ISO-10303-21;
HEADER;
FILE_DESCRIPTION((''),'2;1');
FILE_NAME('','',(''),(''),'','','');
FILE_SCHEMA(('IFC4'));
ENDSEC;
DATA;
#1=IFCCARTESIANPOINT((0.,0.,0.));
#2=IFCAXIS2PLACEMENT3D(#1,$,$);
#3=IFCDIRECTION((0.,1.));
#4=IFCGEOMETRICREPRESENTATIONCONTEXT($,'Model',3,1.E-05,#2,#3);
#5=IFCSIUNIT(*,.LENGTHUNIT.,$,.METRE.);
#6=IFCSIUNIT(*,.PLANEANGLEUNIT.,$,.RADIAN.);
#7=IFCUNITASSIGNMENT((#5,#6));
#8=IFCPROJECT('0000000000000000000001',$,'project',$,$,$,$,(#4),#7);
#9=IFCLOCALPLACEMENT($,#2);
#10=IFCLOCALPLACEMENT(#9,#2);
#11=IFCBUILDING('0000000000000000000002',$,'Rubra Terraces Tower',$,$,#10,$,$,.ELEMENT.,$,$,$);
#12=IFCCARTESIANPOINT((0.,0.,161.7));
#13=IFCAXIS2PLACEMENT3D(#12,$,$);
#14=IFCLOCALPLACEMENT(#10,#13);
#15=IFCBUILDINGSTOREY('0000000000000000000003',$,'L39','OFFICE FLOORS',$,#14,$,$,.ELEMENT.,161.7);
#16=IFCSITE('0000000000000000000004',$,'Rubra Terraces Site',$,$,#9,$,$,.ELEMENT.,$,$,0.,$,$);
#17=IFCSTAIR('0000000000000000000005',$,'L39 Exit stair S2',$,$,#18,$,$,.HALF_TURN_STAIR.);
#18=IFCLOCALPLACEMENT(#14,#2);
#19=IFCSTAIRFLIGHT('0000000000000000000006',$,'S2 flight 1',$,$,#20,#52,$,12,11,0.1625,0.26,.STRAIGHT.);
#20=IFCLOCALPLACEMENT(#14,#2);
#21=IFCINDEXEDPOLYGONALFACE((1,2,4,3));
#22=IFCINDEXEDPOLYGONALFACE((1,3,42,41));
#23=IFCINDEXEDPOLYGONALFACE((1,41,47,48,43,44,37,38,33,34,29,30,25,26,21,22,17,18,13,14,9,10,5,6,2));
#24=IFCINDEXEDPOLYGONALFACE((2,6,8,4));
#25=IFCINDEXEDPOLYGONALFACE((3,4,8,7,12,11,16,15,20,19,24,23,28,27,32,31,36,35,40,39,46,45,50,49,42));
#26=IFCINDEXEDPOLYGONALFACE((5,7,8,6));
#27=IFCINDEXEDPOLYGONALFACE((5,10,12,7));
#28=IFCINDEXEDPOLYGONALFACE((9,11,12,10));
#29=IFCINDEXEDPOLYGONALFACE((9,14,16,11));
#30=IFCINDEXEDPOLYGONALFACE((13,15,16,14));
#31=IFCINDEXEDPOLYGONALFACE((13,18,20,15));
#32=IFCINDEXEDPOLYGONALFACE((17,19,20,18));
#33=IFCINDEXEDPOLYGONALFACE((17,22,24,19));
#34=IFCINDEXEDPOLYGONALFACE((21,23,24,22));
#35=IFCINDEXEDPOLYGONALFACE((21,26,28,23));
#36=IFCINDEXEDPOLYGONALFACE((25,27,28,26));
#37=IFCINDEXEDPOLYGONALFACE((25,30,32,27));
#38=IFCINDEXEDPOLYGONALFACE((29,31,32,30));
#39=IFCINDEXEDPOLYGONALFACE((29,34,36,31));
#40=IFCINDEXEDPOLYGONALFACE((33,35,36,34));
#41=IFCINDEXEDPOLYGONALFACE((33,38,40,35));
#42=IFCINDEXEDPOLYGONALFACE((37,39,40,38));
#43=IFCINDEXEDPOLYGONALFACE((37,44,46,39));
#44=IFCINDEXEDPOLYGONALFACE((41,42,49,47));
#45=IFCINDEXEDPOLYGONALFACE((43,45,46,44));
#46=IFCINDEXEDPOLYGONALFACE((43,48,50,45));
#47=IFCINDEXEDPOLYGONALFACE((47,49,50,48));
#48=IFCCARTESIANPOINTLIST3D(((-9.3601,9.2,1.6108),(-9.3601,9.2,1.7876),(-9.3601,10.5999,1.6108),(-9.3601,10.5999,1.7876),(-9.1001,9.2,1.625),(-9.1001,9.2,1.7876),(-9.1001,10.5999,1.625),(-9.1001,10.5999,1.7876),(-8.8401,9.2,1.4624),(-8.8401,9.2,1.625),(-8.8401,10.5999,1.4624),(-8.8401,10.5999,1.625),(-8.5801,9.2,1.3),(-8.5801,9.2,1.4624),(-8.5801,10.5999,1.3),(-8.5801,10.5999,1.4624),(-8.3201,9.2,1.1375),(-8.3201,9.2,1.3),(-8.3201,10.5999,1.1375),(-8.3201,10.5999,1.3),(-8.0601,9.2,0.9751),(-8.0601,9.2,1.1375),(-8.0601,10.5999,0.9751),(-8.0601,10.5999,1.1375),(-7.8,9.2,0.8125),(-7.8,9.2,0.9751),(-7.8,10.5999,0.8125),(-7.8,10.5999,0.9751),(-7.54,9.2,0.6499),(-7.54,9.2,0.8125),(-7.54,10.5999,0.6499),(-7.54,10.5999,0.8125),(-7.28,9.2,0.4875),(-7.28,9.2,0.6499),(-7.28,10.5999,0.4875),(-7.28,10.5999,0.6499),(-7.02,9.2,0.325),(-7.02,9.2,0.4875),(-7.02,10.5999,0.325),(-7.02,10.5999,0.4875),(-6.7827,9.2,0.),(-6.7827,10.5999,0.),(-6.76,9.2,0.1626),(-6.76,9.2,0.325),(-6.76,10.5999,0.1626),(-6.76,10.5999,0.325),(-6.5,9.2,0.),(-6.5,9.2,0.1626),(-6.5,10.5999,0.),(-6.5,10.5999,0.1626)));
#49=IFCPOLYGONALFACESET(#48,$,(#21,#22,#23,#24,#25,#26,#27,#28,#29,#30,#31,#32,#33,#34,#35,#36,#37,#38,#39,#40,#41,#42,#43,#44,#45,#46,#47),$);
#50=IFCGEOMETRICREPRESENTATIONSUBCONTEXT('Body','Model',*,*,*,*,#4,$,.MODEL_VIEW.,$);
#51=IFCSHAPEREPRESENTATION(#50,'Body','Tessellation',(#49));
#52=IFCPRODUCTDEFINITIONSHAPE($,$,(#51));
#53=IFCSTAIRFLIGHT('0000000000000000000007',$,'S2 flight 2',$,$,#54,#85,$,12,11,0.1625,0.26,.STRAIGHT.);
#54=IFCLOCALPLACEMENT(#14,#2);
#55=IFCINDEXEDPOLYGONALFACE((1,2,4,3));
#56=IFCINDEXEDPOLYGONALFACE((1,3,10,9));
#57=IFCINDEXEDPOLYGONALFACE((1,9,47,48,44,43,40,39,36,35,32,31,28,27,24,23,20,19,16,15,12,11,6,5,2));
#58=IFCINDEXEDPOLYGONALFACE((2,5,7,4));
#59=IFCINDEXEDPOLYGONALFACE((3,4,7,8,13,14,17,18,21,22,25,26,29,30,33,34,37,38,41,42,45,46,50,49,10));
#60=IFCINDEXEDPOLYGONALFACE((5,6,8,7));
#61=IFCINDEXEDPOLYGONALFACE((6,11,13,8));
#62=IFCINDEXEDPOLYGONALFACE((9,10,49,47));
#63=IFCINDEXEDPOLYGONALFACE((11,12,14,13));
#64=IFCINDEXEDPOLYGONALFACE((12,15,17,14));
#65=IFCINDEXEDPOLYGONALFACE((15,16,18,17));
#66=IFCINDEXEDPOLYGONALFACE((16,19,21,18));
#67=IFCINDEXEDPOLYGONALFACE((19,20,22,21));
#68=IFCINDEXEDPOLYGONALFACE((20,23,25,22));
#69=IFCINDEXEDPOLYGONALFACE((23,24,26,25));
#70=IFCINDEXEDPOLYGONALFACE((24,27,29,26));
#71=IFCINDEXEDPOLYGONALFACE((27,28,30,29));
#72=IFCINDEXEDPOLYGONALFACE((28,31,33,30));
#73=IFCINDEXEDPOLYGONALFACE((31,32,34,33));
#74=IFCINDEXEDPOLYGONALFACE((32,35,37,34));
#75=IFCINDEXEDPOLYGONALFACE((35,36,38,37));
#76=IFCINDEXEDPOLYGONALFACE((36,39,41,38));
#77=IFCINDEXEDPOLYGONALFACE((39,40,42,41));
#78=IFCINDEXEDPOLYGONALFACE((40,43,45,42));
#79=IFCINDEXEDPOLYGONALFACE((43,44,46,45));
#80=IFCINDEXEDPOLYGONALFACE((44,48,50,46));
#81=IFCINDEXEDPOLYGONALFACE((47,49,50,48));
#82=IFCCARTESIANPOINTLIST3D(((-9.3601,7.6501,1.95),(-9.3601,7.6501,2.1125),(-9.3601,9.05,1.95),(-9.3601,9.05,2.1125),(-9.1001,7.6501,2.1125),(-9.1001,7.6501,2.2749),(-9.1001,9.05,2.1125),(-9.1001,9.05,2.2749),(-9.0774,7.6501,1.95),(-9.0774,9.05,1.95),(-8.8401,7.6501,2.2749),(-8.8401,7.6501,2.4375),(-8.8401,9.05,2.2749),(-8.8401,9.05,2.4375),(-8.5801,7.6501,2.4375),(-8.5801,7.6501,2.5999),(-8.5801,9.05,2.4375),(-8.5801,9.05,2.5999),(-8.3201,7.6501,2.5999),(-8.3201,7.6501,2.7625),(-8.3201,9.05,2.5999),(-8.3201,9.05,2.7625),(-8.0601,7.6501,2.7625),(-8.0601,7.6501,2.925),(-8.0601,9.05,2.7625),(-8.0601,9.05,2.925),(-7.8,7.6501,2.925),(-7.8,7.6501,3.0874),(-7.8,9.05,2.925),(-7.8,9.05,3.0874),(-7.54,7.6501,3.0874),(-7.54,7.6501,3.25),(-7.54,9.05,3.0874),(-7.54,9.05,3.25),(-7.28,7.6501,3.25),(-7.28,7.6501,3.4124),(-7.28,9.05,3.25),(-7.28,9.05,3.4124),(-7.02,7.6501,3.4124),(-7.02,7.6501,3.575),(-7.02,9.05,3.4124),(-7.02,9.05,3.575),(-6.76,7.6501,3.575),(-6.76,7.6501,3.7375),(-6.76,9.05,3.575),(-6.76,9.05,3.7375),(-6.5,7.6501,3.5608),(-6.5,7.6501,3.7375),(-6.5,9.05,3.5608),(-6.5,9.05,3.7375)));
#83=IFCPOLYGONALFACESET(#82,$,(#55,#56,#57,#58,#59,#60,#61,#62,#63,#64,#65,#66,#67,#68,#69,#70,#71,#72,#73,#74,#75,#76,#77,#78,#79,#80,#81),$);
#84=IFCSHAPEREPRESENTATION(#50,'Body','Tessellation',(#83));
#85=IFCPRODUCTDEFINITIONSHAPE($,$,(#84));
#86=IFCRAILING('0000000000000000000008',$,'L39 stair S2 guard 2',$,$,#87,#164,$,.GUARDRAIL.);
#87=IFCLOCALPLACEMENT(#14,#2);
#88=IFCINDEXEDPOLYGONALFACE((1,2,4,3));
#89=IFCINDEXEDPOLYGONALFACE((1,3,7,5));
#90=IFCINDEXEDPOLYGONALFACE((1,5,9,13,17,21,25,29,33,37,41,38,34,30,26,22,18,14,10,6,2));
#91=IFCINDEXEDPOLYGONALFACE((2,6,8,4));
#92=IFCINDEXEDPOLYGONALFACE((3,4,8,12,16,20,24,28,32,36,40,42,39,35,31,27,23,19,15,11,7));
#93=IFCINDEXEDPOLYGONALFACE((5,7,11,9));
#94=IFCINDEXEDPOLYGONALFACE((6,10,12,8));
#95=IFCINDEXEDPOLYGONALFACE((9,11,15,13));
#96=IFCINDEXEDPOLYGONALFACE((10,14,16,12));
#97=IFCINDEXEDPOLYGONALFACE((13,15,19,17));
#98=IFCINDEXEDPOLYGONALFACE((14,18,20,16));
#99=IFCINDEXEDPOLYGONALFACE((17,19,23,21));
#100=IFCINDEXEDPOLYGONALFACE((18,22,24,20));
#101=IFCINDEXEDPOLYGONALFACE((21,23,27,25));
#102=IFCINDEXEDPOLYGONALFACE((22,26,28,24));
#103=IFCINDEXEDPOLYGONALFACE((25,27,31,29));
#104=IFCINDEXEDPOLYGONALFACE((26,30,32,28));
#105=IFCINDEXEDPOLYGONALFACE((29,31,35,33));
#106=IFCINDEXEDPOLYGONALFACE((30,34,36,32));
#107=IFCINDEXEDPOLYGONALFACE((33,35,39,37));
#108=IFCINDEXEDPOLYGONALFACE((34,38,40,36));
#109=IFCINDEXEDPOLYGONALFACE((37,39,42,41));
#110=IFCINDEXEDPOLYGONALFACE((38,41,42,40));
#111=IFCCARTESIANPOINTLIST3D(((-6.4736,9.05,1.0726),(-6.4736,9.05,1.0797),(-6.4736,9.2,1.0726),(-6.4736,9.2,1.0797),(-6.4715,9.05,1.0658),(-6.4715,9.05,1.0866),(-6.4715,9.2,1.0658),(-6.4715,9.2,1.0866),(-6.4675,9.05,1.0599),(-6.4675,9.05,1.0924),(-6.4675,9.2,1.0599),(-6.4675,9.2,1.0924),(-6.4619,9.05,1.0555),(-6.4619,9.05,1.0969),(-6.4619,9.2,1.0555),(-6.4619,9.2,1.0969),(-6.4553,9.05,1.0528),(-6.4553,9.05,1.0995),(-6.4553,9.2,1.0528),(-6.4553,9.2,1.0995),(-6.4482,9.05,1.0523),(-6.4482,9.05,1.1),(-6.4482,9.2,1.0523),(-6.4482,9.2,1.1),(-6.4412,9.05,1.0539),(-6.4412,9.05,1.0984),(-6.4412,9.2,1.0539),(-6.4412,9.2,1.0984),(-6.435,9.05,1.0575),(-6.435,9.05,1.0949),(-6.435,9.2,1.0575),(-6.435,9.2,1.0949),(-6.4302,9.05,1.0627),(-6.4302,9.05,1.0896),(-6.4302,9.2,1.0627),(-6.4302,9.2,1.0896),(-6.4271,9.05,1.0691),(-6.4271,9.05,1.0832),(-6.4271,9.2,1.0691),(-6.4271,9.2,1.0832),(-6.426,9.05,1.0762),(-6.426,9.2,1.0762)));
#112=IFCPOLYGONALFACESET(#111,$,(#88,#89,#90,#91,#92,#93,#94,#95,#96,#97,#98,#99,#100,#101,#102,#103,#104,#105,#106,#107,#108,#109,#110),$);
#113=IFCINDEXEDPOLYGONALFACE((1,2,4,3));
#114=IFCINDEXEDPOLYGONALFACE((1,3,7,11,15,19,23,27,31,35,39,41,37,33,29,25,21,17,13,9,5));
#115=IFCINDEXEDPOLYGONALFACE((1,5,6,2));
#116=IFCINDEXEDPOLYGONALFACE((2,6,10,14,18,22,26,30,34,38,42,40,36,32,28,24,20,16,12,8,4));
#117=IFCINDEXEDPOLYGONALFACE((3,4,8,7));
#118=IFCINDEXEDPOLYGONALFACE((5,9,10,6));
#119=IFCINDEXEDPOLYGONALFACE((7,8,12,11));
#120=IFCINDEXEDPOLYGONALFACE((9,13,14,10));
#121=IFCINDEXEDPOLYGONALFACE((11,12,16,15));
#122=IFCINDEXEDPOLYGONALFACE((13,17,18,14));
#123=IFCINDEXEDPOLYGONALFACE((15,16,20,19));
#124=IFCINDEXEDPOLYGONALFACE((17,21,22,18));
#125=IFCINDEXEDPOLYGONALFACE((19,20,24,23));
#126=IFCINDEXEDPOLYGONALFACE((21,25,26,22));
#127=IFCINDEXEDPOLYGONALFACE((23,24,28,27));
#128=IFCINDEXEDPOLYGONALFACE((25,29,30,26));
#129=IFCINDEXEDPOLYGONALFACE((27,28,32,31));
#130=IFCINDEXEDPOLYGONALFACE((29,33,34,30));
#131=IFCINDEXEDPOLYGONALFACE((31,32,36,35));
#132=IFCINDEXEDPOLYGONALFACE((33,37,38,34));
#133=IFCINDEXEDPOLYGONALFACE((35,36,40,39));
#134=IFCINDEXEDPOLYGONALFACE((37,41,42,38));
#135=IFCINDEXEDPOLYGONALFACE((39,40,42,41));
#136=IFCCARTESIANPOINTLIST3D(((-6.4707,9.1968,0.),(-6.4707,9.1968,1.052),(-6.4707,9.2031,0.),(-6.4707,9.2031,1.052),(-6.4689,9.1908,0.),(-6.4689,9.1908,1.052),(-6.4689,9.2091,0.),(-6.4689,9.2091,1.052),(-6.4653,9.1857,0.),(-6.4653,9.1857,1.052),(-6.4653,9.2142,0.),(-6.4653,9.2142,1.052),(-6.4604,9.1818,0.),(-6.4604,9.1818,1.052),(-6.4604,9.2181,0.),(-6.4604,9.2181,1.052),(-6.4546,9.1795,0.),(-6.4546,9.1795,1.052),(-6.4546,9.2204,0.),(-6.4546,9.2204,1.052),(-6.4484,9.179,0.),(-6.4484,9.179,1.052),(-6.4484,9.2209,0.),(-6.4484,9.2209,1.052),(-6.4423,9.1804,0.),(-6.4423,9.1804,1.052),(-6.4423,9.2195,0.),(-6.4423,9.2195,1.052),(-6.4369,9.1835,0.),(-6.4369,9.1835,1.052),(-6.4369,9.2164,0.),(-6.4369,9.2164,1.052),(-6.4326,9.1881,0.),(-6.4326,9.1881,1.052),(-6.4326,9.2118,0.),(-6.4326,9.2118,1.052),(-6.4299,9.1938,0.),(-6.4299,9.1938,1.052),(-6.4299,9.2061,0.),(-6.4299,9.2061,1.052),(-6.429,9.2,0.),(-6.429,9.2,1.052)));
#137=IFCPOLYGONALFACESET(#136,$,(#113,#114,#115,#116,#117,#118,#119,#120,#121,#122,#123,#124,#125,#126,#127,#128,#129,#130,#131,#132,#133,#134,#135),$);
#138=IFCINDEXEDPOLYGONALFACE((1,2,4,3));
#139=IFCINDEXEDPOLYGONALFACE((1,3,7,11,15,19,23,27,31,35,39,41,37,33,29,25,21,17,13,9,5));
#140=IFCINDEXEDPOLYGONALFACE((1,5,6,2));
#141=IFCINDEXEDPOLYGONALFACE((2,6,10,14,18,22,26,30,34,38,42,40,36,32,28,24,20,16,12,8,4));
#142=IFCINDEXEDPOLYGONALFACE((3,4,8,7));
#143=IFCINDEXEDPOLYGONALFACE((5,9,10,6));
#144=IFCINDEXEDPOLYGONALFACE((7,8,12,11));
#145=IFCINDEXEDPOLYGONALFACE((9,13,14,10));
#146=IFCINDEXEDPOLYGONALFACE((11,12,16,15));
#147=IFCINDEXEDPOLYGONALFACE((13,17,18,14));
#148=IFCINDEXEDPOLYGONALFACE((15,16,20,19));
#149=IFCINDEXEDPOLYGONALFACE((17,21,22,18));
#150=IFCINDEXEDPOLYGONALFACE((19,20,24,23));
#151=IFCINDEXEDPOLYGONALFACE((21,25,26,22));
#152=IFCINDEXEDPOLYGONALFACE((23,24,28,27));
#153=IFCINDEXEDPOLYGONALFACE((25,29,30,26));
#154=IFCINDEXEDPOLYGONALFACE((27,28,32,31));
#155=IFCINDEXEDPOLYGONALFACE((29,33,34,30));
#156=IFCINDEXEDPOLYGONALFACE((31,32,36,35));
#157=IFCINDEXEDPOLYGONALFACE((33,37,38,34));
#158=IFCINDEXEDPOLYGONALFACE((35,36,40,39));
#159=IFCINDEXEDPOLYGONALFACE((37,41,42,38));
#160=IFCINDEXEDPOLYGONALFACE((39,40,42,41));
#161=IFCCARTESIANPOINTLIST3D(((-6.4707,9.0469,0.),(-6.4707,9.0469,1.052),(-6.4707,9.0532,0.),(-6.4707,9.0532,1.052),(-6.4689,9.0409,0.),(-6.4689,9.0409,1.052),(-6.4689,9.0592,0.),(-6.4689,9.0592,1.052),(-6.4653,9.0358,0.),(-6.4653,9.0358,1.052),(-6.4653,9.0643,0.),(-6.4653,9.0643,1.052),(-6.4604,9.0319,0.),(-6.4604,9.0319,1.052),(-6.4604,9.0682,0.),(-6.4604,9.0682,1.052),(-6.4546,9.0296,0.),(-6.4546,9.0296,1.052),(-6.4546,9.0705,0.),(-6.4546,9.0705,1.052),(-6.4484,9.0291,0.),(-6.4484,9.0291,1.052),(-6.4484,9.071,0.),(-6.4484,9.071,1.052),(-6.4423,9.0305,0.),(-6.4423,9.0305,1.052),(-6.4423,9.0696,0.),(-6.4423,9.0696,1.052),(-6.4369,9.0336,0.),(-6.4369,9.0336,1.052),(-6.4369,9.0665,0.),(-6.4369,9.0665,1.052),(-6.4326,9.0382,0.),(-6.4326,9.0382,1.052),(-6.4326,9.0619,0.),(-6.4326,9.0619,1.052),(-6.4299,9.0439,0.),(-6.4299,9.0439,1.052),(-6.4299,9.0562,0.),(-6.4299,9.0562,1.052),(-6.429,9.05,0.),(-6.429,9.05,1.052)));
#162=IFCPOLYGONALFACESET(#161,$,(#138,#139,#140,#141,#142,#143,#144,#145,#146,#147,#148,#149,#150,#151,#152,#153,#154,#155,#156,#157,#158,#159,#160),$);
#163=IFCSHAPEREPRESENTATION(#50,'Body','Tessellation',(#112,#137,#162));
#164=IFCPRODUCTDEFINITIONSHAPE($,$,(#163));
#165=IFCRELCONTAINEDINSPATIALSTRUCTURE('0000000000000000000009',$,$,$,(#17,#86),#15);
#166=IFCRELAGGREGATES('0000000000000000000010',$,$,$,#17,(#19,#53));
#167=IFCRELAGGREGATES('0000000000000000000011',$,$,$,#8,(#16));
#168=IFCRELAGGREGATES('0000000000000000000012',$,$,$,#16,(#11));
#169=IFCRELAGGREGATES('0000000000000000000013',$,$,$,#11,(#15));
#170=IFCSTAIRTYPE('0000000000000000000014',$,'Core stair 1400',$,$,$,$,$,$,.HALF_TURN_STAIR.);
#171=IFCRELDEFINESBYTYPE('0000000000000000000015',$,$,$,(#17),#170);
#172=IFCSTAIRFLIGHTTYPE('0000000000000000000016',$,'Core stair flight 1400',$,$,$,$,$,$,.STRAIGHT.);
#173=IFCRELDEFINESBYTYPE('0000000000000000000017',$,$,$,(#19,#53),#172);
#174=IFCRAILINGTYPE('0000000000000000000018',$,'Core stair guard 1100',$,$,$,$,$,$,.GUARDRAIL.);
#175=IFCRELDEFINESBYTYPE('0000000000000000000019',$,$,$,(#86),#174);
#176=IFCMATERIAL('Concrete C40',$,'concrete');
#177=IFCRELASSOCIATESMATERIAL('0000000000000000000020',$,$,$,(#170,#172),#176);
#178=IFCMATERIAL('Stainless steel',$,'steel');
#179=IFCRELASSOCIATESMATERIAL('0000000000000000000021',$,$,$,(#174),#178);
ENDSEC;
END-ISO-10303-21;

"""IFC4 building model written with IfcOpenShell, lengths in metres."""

from ifc_helpers import new_model, si_unit, direction, frame, origin, origin_2d, place, context, subcontext, project, spatial, polyline, circle, outline, extrude, material, type_object, element, aggregate, save


model = new_model("IFC4")

# Units and contexts
model_context = context("Model", 3, precision=1e-05, world=origin(), true_north=direction((0.0, 1.0)))
body_context = subcontext(model_context, "Body", "Model", "MODEL_VIEW")
ifc_project = project(units=[si_unit("LENGTHUNIT", "METRE"), si_unit("PLANEANGLEUNIT", "RADIAN")], contexts=[model_context])

# Site, building, storey
site_placement = place(None, origin())
site = spatial("IfcSite", under=ifc_project, at=site_placement, Name="Rubra Terraces Site", CompositionType="ELEMENT", RefElevation=0.0)
building_placement = place(site_placement, origin())
building = spatial("IfcBuilding", under=site, at=building_placement, Name="Rubra Terraces Tower", CompositionType="ELEMENT")
storey_placement = place(building_placement, frame((0.0, 0.0, 161.7)))
storey = spatial("IfcBuildingStorey", under=building, at=storey_placement, Name="L39", Description="OFFICE FLOORS", CompositionType="ELEMENT", Elevation=161.7)

# Shared definitions
ifc_material_1 = material(Name="Concrete C40", Category="concrete")

# Stair, stair flights
stair_type = type_object("IfcStairType", Name="Core stair 1400", PredefinedType="HALF_TURN_STAIR", material=ifc_material_1)
stair_placement = place(storey_placement, origin())
stair = element("IfcStair", 1, at=stair_placement, inside=storey, type_object=stair_type, Name="L39 Exit stair S2", PredefinedType="HALF_TURN_STAIR")
stair_flight_type = type_object("IfcStairFlightType", Name="Core stair flight 1400", PredefinedType="STRAIGHT", material=ifc_material_1)
stair_flight_1_placement = place(storey_placement, frame((-6.5, 9.8999, 0.0), z_axis=(0.0, 0.0, 1.0), x_axis=(-1.0, 0.0, 0.0)))
stair_flight_1 = element("IfcStairFlight", 2, at=stair_flight_1_placement, type_object=stair_flight_type, Name="S2 flight 1", NumberOfRisers=12, NumberOfTreads=11, PredefinedType="STRAIGHT", RiserHeight=0.1625, TreadLength=0.26, context=body_context, shape_type="SweptSolid", body=[
    extrude(outline(polyline([(0.0, 0.0), (0.0, 0.1626), (0.26, 0.1626), (0.26, 0.325), (0.52, 0.325), (0.52, 0.4875), (0.78, 0.4875), (0.78, 0.6499), (1.04, 0.6499), (1.04, 0.8125), (1.3, 0.8125), (1.3, 0.9751), (1.5601, 0.9751), (1.5601, 1.1375), (1.8201, 1.1375), (1.8201, 1.3), (2.0801, 1.3), (2.0801, 1.4624), (2.3401, 1.4624), (2.3401, 1.625), (2.6001, 1.625), (2.6001, 1.7876), (2.8601, 1.7876), (2.8601, 1.95), (2.8601, 1.6108), (0.2827, 0.0), (0.0, 0.0)])), frame((0.0, 0.7, 0.0), z_axis=(0.0, -1.0, 0.0), x_axis=(1.0, 0.0, 0.0)), (0.0, 0.0, 1.0), 1.3999),
])
stair_flight_2_placement = place(storey_placement, frame((-9.3601, 8.3501, 1.95), z_axis=(0.0, 0.0, 1.0), x_axis=(1.0, 0.0, 0.0)))
stair_flight_2 = element("IfcStairFlight", 3, at=stair_flight_2_placement, type_object=stair_flight_type, Name="S2 flight 2", NumberOfRisers=12, NumberOfTreads=11, PredefinedType="STRAIGHT", RiserHeight=0.1625, TreadLength=0.26, context=body_context, shape_type="SweptSolid", body=[
    extrude(outline(polyline([(0.0, 0.0), (0.0, 0.1626), (0.26, 0.1626), (0.26, 0.325), (0.52, 0.325), (0.52, 0.4875), (0.78, 0.4875), (0.78, 0.6499), (1.04, 0.6499), (1.04, 0.8125), (1.3, 0.8125), (1.3, 0.9751), (1.5601, 0.9751), (1.5601, 1.1375), (1.8201, 1.1375), (1.8201, 1.3), (2.0801, 1.3), (2.0801, 1.4624), (2.3401, 1.4624), (2.3401, 1.625), (2.6001, 1.625), (2.6001, 1.7876), (2.8601, 1.7876), (2.8601, 1.95), (2.8601, 1.6108), (0.2827, 0.0), (0.0, 0.0)])), frame((0.0, 0.7, 0.0), z_axis=(0.0, -1.0, 0.0), x_axis=(1.0, 0.0, 0.0)), (0.0, 0.0, 1.0), 1.3999),
])
aggregate(stair, [stair_flight_1, stair_flight_2])

# Railing
ifc_material_2 = material(Name="Stainless steel", Category="steel")
railing_type_1 = type_object("IfcRailingType", Name="Core stair guard 1100", PredefinedType="GUARDRAIL", material=ifc_material_2)
railing_1_placement = place(storey_placement, frame((-6.45, 9.2, 0.0)))
element("IfcRailing", 4, at=railing_1_placement, inside=storey, type_object=railing_type_1, Name="L39 stair S2 guard 2", PredefinedType="GUARDRAIL", context=body_context, shape_type="SweptSolid", body=[
    extrude(circle(Radius=0.0239, at=origin_2d()), frame((0.0, 0.0, 1.0762), z_axis=(0.0, -1.0, 0.0), x_axis=(1.0, 0.0, 0.0)), (0.0, 0.0, 1.0), 0.1499),
    extrude(circle(Radius=0.021, at=origin_2d()), origin(), (0.0, 0.0, 1.0), 1.052),
    extrude(circle(Radius=0.021, at=origin_2d()), frame((0.0, -0.1499, 0.0)), (0.0, 0.0, 1.0), 1.052),
])

save(model, "model.ifc")
